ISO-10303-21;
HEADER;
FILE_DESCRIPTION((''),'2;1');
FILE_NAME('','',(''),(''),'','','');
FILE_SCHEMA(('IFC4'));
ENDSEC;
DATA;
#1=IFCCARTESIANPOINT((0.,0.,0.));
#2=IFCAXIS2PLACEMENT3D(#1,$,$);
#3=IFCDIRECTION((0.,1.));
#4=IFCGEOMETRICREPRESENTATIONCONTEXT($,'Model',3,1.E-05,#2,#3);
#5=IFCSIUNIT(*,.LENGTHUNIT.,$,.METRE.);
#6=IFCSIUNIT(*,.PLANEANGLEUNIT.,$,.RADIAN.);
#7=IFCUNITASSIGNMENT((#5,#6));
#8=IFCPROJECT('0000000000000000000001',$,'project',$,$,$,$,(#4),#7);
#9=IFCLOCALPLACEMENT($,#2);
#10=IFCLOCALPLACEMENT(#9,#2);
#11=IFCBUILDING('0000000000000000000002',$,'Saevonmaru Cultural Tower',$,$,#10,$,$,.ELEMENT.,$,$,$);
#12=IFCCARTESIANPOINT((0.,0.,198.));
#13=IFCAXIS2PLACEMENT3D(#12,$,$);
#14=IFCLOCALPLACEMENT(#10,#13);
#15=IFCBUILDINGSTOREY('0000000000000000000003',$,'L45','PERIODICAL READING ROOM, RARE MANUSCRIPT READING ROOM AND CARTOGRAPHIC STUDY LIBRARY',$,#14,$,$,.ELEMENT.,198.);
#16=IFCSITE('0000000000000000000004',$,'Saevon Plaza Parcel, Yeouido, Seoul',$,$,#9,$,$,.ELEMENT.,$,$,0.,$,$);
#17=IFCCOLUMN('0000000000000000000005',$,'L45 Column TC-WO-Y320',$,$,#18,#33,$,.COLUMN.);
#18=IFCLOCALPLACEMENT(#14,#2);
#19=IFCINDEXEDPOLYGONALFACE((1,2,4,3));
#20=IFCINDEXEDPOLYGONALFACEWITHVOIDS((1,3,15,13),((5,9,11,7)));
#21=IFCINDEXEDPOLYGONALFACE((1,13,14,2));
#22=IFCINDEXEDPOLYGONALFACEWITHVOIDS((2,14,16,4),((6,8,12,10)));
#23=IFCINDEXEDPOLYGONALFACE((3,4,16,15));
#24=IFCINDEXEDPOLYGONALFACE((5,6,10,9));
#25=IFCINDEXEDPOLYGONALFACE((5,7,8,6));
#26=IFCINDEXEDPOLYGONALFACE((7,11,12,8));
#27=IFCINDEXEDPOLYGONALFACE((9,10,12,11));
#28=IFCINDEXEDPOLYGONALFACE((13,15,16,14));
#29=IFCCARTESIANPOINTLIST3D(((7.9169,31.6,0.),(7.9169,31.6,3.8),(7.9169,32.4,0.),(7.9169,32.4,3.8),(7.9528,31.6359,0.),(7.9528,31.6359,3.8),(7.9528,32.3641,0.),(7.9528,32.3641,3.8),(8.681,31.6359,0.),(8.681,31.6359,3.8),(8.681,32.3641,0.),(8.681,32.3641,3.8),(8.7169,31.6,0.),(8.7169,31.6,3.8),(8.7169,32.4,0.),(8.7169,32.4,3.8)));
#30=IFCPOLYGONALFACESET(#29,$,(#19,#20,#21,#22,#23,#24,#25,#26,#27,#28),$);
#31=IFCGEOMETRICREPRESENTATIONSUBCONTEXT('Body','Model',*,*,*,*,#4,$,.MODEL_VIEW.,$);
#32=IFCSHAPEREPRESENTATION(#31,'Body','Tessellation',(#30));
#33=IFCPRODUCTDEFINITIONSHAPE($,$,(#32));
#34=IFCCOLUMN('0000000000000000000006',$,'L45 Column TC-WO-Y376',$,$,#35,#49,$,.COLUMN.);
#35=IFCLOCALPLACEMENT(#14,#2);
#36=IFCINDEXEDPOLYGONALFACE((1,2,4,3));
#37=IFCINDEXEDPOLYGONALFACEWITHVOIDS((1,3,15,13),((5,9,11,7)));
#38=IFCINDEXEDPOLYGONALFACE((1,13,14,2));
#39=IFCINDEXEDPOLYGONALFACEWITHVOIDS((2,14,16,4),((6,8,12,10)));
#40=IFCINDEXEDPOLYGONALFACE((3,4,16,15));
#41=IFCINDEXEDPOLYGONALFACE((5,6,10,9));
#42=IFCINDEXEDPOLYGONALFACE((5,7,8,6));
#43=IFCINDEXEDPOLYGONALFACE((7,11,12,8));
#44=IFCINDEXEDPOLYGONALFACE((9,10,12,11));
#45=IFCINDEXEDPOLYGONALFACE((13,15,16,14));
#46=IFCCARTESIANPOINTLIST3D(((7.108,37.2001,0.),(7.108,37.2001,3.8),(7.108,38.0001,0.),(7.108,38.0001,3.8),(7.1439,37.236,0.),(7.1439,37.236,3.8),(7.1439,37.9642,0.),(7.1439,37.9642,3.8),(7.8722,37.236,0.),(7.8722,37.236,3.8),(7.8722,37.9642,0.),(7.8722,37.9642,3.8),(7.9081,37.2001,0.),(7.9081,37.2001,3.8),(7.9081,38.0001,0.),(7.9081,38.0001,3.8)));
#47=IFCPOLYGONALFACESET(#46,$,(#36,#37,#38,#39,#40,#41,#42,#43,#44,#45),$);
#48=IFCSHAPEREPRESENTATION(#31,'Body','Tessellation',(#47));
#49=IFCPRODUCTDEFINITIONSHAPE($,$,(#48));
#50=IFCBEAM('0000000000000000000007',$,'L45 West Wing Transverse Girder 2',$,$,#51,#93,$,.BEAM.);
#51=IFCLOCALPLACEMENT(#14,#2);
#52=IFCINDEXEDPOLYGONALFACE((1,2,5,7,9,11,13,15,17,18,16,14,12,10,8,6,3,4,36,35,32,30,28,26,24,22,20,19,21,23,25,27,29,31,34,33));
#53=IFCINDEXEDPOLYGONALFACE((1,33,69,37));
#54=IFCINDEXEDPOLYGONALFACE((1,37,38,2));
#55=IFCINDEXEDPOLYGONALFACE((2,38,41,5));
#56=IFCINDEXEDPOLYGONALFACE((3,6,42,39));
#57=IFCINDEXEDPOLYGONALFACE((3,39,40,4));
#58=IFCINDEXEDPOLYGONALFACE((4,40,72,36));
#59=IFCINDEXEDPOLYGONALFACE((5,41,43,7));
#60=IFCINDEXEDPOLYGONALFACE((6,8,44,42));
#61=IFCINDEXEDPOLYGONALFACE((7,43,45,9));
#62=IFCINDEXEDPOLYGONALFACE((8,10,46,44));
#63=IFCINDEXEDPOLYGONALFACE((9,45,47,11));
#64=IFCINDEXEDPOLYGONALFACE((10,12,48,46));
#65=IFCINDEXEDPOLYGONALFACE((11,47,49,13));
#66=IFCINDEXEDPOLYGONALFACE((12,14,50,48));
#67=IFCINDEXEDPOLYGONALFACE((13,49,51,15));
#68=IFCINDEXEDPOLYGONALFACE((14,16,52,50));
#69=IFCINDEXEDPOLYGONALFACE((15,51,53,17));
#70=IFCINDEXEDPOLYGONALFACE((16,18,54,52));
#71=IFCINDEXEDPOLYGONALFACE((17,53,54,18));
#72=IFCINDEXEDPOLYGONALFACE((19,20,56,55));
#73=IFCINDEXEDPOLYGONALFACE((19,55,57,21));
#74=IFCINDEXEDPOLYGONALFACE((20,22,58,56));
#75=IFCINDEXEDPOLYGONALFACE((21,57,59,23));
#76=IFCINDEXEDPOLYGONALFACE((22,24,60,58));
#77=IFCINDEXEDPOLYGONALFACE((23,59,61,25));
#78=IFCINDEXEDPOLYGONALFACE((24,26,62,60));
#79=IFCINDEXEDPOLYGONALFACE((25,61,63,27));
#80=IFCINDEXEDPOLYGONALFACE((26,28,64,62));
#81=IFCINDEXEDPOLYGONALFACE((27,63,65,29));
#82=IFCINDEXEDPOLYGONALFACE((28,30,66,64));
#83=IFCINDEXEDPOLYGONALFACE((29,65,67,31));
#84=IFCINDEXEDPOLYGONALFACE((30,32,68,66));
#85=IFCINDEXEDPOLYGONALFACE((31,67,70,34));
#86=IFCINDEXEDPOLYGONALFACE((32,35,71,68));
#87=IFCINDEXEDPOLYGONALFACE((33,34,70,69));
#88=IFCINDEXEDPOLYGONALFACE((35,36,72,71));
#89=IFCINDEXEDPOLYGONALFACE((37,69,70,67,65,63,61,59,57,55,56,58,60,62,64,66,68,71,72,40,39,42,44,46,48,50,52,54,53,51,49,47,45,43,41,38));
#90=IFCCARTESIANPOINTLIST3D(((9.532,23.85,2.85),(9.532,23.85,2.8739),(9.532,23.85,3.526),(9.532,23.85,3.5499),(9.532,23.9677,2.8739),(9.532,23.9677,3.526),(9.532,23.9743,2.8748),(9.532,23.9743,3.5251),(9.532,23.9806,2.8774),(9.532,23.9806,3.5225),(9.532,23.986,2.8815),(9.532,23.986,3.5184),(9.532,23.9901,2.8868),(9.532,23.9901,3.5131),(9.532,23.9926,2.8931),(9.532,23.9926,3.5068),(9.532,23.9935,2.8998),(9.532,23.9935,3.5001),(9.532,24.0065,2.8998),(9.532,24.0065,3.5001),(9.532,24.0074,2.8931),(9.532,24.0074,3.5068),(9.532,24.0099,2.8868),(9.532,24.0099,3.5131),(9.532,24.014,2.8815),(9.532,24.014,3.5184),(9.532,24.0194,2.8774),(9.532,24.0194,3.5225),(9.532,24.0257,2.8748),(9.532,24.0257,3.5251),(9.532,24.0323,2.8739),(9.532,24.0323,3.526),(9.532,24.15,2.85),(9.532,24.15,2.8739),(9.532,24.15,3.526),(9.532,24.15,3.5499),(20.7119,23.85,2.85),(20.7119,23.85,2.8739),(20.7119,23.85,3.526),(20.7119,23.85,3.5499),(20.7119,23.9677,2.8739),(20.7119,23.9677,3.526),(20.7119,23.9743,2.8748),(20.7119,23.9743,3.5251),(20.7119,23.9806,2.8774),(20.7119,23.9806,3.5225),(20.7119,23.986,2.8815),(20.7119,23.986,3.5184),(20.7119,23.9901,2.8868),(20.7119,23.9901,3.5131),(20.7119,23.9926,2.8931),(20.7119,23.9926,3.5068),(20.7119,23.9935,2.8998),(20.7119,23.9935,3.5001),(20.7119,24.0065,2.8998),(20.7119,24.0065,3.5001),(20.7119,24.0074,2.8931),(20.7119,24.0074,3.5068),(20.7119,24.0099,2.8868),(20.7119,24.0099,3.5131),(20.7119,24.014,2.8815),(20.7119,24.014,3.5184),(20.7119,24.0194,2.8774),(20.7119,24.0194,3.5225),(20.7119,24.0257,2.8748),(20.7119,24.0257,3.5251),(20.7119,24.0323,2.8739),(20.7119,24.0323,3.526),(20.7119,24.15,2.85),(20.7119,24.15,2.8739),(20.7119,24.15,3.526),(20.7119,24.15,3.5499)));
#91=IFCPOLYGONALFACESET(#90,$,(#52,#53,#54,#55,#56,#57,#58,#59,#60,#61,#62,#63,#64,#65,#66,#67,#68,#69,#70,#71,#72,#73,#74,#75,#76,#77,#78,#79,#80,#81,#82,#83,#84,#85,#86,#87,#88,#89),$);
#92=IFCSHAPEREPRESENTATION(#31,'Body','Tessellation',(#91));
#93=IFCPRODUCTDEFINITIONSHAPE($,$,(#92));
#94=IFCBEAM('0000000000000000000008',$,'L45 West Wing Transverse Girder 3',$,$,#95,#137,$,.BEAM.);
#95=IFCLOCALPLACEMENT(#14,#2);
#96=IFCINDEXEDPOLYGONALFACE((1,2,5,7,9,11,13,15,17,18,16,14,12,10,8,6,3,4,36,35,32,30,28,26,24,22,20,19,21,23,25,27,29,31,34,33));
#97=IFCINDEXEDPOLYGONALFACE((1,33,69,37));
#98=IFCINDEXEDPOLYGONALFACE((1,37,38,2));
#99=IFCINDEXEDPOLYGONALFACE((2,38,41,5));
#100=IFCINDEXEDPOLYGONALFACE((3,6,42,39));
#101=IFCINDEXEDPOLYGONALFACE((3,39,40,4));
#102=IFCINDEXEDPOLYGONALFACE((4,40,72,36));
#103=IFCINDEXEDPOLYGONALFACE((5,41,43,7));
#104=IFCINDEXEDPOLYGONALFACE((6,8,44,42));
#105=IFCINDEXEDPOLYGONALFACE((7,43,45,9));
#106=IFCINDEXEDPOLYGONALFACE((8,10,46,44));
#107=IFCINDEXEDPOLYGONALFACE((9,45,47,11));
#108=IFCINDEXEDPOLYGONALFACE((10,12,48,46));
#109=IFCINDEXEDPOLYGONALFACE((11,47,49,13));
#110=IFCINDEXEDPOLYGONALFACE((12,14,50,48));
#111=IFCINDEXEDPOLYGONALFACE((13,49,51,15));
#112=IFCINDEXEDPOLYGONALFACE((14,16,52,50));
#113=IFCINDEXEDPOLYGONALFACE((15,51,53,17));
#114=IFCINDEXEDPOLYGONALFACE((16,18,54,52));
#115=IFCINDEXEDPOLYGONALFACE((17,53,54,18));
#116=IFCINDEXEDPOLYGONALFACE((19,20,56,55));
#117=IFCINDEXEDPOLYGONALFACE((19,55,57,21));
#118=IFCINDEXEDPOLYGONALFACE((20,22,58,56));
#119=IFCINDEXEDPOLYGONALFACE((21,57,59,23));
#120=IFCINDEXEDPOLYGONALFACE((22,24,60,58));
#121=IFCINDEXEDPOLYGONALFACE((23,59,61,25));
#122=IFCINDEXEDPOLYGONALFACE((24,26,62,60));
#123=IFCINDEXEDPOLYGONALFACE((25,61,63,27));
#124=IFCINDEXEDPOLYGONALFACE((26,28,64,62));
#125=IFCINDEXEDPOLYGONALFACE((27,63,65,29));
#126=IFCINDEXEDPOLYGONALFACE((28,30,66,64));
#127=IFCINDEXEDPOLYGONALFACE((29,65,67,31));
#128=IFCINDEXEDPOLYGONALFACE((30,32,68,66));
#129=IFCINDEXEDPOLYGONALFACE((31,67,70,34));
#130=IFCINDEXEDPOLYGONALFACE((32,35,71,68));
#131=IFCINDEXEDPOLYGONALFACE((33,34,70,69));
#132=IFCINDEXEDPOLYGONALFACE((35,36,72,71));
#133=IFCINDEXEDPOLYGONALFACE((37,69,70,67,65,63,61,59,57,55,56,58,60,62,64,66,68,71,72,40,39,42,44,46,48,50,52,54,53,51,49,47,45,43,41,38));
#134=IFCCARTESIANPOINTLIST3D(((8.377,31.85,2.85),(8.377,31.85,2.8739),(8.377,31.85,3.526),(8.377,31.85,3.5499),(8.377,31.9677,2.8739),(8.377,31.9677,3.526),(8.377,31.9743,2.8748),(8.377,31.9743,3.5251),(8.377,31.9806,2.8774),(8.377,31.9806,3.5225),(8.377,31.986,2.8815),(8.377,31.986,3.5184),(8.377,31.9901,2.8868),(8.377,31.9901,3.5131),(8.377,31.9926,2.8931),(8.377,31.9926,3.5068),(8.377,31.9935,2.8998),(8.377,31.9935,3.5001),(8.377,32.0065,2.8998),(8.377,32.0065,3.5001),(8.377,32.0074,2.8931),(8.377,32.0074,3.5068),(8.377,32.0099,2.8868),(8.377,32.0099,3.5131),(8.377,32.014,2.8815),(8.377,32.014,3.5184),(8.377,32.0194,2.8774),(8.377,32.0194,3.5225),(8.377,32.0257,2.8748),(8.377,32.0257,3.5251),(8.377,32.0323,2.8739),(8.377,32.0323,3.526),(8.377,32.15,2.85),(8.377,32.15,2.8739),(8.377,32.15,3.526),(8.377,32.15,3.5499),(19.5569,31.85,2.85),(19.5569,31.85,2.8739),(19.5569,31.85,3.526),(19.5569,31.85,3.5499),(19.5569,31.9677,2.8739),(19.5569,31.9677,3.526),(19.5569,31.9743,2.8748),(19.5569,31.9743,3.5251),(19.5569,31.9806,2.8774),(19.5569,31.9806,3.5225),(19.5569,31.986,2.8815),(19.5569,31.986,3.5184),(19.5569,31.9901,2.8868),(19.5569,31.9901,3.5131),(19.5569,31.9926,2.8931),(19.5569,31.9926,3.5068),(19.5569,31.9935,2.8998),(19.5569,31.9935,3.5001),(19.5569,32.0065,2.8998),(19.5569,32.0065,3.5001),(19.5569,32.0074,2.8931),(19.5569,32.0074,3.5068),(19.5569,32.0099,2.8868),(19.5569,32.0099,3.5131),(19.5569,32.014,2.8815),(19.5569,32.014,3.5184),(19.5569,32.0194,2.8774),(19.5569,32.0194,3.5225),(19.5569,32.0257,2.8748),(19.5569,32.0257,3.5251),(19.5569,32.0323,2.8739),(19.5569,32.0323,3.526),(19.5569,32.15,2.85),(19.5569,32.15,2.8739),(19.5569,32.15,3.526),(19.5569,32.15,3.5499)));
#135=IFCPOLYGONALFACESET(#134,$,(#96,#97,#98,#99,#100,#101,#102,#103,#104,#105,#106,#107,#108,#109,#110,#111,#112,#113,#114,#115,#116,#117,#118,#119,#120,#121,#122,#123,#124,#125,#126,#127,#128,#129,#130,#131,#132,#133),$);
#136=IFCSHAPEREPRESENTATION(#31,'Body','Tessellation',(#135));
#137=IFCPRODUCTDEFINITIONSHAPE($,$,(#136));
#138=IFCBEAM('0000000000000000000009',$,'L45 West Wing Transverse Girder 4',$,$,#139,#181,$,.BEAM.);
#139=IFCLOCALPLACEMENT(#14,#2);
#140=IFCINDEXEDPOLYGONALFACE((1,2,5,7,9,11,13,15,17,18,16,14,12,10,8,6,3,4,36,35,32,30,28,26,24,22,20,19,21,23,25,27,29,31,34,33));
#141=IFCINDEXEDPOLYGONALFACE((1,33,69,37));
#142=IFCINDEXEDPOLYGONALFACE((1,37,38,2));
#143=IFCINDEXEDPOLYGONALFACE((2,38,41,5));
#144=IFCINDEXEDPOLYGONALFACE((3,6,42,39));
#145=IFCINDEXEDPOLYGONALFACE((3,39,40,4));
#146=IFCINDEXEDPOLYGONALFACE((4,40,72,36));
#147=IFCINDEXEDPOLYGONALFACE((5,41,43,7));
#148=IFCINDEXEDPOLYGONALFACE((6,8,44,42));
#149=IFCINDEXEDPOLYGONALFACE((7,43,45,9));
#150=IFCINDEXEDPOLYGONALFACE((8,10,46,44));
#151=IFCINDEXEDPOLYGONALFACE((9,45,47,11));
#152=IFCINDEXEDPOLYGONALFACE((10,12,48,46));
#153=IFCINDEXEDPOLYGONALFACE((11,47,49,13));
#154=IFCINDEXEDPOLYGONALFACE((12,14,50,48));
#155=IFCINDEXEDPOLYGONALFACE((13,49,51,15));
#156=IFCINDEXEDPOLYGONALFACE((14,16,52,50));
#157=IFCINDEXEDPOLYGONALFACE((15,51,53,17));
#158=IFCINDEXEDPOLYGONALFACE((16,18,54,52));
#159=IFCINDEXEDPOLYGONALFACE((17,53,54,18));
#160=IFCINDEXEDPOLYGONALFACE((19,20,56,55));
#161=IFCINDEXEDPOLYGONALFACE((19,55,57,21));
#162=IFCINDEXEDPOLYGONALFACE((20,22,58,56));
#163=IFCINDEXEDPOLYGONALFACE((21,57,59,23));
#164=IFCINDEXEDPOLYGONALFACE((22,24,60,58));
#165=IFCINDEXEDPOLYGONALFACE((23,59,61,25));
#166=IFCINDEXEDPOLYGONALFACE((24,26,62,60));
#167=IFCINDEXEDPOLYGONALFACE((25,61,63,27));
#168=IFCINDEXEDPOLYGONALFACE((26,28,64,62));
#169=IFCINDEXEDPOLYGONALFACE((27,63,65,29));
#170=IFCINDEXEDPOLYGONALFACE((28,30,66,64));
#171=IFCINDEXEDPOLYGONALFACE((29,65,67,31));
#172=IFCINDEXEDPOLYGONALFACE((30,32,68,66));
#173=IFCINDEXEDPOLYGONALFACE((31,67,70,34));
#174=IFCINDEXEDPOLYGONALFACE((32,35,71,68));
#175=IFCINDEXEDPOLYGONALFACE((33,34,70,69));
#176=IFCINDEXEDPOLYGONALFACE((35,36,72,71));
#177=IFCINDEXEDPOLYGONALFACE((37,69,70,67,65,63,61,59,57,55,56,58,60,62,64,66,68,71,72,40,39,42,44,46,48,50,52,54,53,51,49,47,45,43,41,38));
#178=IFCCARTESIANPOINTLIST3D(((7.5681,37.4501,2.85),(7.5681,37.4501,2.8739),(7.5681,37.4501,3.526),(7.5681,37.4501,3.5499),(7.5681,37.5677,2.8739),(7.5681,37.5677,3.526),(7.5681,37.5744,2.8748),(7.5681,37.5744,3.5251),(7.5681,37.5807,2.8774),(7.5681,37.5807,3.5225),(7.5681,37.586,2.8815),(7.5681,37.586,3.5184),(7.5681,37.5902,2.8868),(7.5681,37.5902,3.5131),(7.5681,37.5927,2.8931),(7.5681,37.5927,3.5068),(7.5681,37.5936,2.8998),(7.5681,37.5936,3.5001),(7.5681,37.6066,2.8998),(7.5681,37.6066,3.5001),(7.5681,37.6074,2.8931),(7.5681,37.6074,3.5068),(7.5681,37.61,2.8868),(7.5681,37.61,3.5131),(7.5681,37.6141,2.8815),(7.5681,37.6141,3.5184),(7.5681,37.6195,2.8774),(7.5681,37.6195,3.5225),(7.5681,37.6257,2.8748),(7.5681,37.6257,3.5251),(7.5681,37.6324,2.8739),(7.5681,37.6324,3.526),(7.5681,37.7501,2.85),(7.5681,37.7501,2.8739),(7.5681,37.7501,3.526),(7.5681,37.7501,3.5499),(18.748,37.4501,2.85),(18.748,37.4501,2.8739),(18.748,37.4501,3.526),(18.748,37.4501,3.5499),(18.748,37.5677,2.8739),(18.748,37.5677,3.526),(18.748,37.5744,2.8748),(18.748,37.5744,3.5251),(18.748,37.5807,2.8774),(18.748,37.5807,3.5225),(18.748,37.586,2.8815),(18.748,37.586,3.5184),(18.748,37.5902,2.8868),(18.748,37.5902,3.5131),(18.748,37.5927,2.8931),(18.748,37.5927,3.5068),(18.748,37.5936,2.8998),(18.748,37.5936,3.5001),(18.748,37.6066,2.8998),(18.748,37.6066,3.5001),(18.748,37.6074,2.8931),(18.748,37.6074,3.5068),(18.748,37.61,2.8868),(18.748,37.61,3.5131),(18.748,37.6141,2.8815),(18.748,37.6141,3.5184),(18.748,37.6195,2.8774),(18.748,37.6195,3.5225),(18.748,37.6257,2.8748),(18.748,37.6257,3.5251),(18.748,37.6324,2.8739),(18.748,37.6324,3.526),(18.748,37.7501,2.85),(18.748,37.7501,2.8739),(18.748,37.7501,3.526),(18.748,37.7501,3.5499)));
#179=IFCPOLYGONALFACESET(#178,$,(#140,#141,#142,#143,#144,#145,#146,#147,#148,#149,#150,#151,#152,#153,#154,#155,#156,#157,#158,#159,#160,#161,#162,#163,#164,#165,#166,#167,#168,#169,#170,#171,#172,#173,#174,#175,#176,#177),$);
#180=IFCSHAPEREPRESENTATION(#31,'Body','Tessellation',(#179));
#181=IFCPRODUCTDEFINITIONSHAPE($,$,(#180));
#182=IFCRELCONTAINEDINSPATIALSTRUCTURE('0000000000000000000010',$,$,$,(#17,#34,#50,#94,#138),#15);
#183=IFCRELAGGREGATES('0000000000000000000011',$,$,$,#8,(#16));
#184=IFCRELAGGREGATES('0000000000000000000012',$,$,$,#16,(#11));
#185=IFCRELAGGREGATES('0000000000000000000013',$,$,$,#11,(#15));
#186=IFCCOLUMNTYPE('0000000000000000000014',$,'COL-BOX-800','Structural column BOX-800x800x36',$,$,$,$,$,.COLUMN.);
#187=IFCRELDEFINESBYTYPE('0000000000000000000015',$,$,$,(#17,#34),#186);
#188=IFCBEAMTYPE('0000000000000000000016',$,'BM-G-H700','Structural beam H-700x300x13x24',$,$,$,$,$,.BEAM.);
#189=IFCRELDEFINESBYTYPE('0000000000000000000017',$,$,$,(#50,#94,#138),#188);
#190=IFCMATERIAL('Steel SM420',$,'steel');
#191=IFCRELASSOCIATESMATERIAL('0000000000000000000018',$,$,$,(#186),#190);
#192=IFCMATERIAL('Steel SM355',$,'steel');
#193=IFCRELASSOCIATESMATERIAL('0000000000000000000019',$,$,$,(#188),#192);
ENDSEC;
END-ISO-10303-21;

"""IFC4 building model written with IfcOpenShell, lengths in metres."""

from ifc_helpers import new_model, si_unit, direction, frame, origin, origin_2d, place, context, subcontext, project, spatial, hollow_rectangle, i_section, extrude, material, material_profile, profile_set, type_object, element, save


model = new_model("IFC4")

# Units and contexts
model_context = context("Model", 3, precision=1e-05, world=origin(), true_north=direction((0.0, 1.0)))
body_context = subcontext(model_context, "Body", "Model", "MODEL_VIEW")
ifc_project = project(units=[si_unit("LENGTHUNIT", "METRE"), si_unit("PLANEANGLEUNIT", "RADIAN")], contexts=[model_context])

# Site, building, storey
site_placement = place(None, origin())
site = spatial("IfcSite", under=ifc_project, at=site_placement, Name="Saevon Plaza Parcel, Yeouido, Seoul", CompositionType="ELEMENT", RefElevation=0.0)
building_placement = place(site_placement, origin())
building = spatial("IfcBuilding", under=site, at=building_placement, Name="Saevonmaru Cultural Tower", CompositionType="ELEMENT")
storey_placement = place(building_placement, frame((0.0, 0.0, 198.0)))
storey = spatial("IfcBuildingStorey", under=building, at=storey_placement, Name="L45", Description="PERIODICAL READING ROOM, RARE MANUSCRIPT READING ROOM AND CARTOGRAPHIC STUDY LIBRARY", CompositionType="ELEMENT", Elevation=198.0)

# Columns
ifc_material_1 = material(Name="Steel SM420", Category="steel")
ifc_material_profile_1 = material_profile(ifc_material_1, hollow_rectangle(XDim=0.8, YDim=0.8, WallThickness=0.0359, at=origin_2d()), Name="BOX-800x800x36")
ifc_profile_set_1 = profile_set([ifc_material_profile_1], Name="Steel SM420")
column_type = type_object("IfcColumnType", Name="COL-BOX-800", Description="Structural column BOX-800x800x36", PredefinedType="COLUMN", material=ifc_profile_set_1)
for number, where, z_axis, x_axis, name in (
    (1, (8.3169, 32.0, 0.0), (0.0, 0.0, 1.0), (1.0, 0.0, 0.0), "L45 Column TC-WO-Y320"),
    (2, (7.5081, 37.6001, 0.0), (0.0, 0.0, 1.0), (1.0, 0.0, 0.0), "L45 Column TC-WO-Y376"),
):
    element("IfcColumn", number, at=place(storey_placement, frame(where, z_axis=z_axis, x_axis=x_axis)), inside=storey, type_object=column_type, Name=name, PredefinedType="COLUMN", context=body_context, shape_type="SweptSolid", body=[
        extrude(hollow_rectangle(XDim=0.8, YDim=0.8, WallThickness=0.0359, at=origin_2d()), origin(), (0.0, 0.0, 1.0), 3.8),
    ])

# Beams
ifc_material_2 = material(Name="Steel SM355", Category="steel")
ifc_material_profile_2 = material_profile(ifc_material_2, i_section(OverallWidth=0.3, OverallDepth=0.7, WebThickness=0.0129, FlangeThickness=0.0239, FilletRadius=0.0259, at=origin_2d()), Name="H-700x300x13x24")
ifc_profile_set_2 = profile_set([ifc_material_profile_2], Name="Steel SM355")
beam_type_1 = type_object("IfcBeamType", Name="BM-G-H700", Description="Structural beam H-700x300x13x24", PredefinedType="BEAM", material=ifc_profile_set_2)
for number, where, z_axis, x_axis, name in (
    (3, (9.532, 24.0, 3.2), (1.0, 0.0, 0.0), (0.0, 1.0, 0.0), "L45 West Wing Transverse Girder 2"),
    (4, (8.377, 32.0, 3.2), (1.0, 0.0, 0.0), (0.0, 1.0, 0.0), "L45 West Wing Transverse Girder 3"),
    (5, (7.5681, 37.6001, 3.2), (1.0, 0.0, 0.0), (0.0, 1.0, 0.0), "L45 West Wing Transverse Girder 4"),
):
    element("IfcBeam", number, at=place(storey_placement, frame(where, z_axis=z_axis, x_axis=x_axis)), inside=storey, type_object=beam_type_1, Name=name, PredefinedType="BEAM", context=body_context, shape_type="SweptSolid", body=[
        extrude(i_section(OverallWidth=0.3, OverallDepth=0.7, WebThickness=0.0129, FlangeThickness=0.0239, FilletRadius=0.0259, at=origin_2d()), origin(), (0.0, 0.0, 1.0), 11.1799),
    ])

save(model, "model.ifc")
